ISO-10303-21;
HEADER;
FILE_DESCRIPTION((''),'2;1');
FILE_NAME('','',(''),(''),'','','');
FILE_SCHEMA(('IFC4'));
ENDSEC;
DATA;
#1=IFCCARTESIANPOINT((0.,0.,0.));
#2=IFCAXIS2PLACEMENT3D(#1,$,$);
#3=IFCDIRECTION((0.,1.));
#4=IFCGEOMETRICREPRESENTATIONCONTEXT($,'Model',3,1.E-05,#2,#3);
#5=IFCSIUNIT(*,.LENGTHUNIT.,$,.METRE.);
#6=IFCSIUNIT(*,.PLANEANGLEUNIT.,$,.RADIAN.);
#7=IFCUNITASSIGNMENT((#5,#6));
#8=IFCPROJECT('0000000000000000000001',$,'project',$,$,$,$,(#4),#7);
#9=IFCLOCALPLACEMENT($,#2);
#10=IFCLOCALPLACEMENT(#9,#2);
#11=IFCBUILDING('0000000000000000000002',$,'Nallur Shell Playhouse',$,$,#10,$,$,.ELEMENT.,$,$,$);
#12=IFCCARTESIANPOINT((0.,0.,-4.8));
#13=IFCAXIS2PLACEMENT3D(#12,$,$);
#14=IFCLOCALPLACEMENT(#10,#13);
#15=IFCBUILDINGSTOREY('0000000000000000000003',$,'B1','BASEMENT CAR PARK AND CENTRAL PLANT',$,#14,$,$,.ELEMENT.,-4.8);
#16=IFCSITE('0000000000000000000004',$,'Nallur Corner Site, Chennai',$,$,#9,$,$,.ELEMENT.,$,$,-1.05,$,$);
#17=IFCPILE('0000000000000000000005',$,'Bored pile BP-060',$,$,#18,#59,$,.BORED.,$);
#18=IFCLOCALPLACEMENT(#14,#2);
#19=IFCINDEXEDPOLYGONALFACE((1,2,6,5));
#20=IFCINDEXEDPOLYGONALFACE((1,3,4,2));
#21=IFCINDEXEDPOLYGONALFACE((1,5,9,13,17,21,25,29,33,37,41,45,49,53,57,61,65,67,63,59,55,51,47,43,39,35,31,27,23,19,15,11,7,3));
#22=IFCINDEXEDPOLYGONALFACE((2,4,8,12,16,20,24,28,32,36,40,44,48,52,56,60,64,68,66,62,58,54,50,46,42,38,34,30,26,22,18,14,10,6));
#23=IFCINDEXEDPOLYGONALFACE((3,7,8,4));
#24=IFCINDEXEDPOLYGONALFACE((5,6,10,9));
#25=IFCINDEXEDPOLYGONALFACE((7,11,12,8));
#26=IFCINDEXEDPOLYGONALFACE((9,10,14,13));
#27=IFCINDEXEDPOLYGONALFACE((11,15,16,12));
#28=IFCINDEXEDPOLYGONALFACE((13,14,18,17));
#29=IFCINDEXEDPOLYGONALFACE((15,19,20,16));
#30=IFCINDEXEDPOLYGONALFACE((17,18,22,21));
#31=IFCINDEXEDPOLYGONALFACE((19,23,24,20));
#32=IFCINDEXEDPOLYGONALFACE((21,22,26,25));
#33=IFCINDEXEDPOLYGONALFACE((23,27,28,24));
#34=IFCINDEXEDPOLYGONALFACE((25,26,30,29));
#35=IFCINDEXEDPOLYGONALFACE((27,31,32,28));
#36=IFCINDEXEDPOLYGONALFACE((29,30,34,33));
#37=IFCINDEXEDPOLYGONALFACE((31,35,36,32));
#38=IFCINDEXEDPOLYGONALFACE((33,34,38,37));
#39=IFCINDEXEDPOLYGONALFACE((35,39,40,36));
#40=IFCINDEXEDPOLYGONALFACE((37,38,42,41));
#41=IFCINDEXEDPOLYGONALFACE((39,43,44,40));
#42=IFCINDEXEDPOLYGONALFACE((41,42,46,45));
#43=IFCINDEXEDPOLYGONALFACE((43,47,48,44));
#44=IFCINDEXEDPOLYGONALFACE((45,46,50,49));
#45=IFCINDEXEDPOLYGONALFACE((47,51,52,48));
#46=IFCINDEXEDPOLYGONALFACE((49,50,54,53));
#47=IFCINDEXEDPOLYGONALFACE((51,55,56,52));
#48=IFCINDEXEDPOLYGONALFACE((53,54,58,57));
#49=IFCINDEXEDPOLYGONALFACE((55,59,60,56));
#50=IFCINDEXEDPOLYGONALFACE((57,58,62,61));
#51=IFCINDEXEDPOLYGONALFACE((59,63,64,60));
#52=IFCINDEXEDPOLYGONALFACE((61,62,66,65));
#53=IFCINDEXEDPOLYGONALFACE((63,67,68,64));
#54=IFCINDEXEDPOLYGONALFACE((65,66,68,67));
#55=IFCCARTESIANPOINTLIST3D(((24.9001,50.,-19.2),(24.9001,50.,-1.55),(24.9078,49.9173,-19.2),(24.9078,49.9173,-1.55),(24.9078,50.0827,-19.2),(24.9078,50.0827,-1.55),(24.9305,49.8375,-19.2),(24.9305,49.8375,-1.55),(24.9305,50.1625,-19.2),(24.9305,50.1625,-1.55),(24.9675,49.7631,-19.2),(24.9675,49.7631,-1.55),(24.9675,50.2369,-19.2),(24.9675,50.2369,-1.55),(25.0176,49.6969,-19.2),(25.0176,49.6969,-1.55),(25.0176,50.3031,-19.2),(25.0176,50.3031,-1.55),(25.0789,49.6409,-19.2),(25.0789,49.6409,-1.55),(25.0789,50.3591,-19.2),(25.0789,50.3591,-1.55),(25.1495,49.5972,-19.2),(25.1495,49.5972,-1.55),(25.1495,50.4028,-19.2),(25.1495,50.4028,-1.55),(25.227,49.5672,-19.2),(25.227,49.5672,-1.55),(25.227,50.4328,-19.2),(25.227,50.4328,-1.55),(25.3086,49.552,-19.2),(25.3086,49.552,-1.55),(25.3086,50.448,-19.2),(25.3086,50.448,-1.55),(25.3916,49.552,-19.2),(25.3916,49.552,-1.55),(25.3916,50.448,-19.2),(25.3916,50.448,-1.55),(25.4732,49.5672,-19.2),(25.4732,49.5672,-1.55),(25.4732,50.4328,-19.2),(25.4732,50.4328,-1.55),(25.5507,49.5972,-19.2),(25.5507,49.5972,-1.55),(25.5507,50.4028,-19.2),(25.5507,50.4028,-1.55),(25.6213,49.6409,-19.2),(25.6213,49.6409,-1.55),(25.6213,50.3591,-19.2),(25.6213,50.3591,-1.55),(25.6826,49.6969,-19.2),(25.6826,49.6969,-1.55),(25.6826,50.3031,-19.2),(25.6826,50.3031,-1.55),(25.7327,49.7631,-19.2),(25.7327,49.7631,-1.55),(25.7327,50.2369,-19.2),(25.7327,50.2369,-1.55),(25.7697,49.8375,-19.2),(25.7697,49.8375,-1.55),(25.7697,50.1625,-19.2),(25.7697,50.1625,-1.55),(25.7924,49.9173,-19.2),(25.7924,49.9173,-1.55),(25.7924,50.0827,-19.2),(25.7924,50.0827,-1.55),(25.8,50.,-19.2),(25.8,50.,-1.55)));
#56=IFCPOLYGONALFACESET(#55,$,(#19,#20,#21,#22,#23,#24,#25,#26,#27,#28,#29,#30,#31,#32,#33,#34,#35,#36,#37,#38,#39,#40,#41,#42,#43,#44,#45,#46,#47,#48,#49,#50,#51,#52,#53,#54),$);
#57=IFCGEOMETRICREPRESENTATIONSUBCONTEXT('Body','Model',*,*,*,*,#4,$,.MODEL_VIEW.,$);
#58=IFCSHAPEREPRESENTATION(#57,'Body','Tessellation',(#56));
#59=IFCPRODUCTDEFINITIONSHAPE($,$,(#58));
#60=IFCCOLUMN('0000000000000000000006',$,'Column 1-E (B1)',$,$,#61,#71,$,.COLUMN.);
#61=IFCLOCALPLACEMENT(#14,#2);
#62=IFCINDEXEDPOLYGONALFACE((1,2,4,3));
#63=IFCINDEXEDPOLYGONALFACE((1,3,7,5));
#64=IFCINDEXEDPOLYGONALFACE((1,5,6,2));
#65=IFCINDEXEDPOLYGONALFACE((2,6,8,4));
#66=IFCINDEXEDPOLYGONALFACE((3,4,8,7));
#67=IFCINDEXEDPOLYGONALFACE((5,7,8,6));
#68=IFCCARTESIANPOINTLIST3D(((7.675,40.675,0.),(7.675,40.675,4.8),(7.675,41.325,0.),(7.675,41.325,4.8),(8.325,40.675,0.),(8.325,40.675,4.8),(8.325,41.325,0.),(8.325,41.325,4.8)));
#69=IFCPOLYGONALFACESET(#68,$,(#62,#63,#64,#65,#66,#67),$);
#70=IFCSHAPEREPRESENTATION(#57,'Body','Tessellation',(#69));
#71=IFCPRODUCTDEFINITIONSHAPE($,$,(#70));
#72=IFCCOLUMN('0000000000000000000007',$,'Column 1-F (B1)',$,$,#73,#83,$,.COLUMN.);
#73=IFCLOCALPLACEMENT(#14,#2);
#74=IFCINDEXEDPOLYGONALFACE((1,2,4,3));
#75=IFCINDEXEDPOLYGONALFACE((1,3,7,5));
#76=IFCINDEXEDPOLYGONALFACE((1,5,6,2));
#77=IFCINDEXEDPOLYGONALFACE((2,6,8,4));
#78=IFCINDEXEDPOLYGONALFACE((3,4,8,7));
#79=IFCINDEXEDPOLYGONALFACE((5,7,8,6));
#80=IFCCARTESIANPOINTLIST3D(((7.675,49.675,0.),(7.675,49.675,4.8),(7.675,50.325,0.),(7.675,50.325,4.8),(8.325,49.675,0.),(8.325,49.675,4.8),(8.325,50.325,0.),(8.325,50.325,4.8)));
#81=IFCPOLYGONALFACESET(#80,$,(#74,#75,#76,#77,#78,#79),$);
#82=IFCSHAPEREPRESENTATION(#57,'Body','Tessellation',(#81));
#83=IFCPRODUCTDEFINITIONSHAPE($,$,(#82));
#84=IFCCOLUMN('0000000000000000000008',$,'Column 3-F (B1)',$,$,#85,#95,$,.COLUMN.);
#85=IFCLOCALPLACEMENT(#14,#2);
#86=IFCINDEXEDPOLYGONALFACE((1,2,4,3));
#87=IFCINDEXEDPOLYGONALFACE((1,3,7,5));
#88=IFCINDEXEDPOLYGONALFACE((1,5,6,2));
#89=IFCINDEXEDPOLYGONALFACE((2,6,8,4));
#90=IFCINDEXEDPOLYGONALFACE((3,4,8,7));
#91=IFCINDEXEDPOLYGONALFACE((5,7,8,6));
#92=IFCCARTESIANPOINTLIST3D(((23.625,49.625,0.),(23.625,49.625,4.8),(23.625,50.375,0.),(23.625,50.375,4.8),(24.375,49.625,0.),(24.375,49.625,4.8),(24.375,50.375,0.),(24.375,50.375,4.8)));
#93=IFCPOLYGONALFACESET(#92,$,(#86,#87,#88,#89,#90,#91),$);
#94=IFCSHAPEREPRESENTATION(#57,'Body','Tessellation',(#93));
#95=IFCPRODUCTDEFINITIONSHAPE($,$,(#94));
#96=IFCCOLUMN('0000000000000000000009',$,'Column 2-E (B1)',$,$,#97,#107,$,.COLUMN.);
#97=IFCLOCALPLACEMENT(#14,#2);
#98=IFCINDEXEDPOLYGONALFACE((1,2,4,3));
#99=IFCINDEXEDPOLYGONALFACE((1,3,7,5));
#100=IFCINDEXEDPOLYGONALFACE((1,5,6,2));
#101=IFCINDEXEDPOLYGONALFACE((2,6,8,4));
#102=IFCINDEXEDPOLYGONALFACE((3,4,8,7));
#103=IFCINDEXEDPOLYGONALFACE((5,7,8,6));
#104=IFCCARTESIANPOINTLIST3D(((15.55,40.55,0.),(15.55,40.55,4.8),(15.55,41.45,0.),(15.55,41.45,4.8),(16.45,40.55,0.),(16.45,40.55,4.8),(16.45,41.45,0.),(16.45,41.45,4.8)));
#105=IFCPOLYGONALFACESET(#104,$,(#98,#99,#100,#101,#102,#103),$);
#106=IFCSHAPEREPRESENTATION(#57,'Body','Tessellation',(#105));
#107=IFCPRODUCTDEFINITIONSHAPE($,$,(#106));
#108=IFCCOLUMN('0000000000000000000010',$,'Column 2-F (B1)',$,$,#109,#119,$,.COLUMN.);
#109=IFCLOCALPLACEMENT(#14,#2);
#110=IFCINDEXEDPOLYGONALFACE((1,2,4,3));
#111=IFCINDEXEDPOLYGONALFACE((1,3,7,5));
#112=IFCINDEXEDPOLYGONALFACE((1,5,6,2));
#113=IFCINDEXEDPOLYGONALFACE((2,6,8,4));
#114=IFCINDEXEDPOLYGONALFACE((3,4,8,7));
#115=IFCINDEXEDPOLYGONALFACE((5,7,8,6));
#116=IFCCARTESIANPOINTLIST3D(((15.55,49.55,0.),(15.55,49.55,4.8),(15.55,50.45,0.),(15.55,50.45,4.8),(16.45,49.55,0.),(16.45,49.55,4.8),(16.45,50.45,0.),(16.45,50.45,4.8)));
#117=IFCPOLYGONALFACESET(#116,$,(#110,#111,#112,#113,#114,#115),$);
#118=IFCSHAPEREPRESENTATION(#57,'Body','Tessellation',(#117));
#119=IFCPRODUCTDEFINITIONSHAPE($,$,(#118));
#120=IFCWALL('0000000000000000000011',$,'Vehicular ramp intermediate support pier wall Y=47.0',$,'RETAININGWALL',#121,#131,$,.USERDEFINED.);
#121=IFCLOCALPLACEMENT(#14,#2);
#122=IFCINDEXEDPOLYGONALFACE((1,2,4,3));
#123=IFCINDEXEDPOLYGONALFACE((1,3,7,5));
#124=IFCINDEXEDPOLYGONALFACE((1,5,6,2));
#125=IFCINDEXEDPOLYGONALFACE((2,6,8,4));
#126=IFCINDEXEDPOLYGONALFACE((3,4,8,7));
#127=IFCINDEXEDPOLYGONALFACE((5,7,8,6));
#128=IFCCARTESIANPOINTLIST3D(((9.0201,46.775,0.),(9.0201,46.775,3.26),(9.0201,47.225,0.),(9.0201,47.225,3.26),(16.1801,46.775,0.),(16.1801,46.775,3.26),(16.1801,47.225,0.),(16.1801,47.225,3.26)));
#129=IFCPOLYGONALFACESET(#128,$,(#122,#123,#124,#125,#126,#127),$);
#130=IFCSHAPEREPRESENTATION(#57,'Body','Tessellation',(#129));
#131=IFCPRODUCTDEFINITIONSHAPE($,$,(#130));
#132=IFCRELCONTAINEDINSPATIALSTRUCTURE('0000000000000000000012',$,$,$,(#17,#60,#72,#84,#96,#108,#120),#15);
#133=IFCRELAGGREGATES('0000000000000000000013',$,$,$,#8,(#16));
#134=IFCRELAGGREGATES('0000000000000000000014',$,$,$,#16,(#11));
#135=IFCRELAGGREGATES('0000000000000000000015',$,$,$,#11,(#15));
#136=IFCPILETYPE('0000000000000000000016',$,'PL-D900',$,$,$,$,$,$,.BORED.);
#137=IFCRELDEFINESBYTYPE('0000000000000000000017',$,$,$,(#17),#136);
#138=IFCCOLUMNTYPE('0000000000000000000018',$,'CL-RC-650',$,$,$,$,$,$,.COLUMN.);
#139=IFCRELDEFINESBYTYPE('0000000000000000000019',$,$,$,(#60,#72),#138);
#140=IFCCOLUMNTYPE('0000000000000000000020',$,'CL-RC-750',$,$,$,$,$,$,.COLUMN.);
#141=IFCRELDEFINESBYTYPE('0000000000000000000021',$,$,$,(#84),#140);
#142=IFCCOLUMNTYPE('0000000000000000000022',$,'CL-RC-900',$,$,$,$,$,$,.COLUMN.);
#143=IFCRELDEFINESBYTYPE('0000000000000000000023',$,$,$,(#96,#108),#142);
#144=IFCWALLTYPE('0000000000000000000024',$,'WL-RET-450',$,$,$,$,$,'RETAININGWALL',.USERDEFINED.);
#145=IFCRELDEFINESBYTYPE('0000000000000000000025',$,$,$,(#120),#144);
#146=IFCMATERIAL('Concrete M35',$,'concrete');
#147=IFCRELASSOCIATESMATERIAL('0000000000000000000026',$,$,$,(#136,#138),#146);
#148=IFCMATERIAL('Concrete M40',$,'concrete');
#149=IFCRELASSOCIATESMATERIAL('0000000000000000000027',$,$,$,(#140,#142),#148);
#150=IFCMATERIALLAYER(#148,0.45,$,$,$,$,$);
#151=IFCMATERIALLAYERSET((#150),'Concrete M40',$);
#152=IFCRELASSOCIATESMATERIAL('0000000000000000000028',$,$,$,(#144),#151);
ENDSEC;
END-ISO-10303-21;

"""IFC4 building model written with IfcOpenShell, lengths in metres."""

from ifc_helpers import new_model, si_unit, direction, frame, frame_2d, origin, origin_2d, place, context, subcontext, project, spatial, rectangle, circle, extrude, material, layer, layer_set, material_profile, profile_set, type_object, element, save


model = new_model("IFC4")

# Units and contexts
model_context = context("Model", 3, precision=1e-05, world=origin(), true_north=direction((0.0, 1.0)))
body_context = subcontext(model_context, "Body", "Model", "MODEL_VIEW")
ifc_project = project(units=[si_unit("LENGTHUNIT", "METRE"), si_unit("PLANEANGLEUNIT", "RADIAN")], contexts=[model_context])

# Site, building, storey
site_placement = place(None, origin())
site = spatial("IfcSite", under=ifc_project, at=site_placement, Name="Nallur Corner Site, Chennai", CompositionType="ELEMENT", RefElevation=-1.05)
building_placement = place(site_placement, origin())
building = spatial("IfcBuilding", under=site, at=building_placement, Name="Nallur Shell Playhouse", CompositionType="ELEMENT")
storey_placement = place(building_placement, frame((0.0, 0.0, -4.8)))
storey = spatial("IfcBuildingStorey", under=building, at=storey_placement, Name="B1", Description="BASEMENT CAR PARK AND CENTRAL PLANT", CompositionType="ELEMENT", Elevation=-4.8)

# Shared definitions
ifc_material_1 = material(Name="Concrete M35", Category="concrete")

# Pile
ifc_material_profile_1 = material_profile(ifc_material_1, circle(Radius=0.45, at=origin_2d()), Name="BORED PILE D900")
ifc_profile_set_1 = profile_set([ifc_material_profile_1], Name="Concrete M35")
pile_type_1 = type_object("IfcPileType", Name="PL-D900", PredefinedType="BORED", material=ifc_profile_set_1)
for number, where, z_axis, x_axis, name in (
    (1, (25.3501, 50.0, -1.55), (0.0, 0.0, -1.0), (1.0, 0.0, 0.0), "Bored pile BP-060"),
):
    element("IfcPile", number, at=place(storey_placement, frame(where, z_axis=z_axis, x_axis=x_axis)), inside=storey, type_object=pile_type_1, Name=name, PredefinedType="BORED", context=body_context, shape_type="SweptSolid", body=[
        extrude(circle(Radius=0.45, at=origin_2d()), origin(), (0.0, 0.0, 1.0), 17.6499),
    ])

# Columns
ifc_material_profile_2 = material_profile(ifc_material_1, rectangle(XDim=0.6499, YDim=0.6499, at=origin_2d()), Name="RC 650x650")
ifc_profile_set_2 = profile_set([ifc_material_profile_2], Name="Concrete M35")
column_type_1 = type_object("IfcColumnType", Name="CL-RC-650", PredefinedType="COLUMN", material=ifc_profile_set_2)
for number, where, z_axis, x_axis, name in (
    (2, (8.0, 41.0, 0.0), (0.0, 0.0, 1.0), (1.0, 0.0, 0.0), "Column 1-E (B1)"),
    (3, (8.0, 50.0, 0.0), (0.0, 0.0, 1.0), (1.0, 0.0, 0.0), "Column 1-F (B1)"),
):
    element("IfcColumn", number, at=place(storey_placement, frame(where, z_axis=z_axis, x_axis=x_axis)), inside=storey, type_object=column_type_1, Name=name, PredefinedType="COLUMN", context=body_context, shape_type="SweptSolid", body=[
        extrude(rectangle(XDim=0.6499, YDim=0.6499, at=origin_2d()), origin(), (0.0, 0.0, 1.0), 4.8),
    ])
ifc_material_2 = material(Name="Concrete M40", Category="concrete")
ifc_material_profile_3 = material_profile(ifc_material_2, rectangle(XDim=0.75, YDim=0.75, at=origin_2d()), Name="RC 750x750")
ifc_profile_set_3 = profile_set([ifc_material_profile_3], Name="Concrete M40")
column_type_2 = type_object("IfcColumnType", Name="CL-RC-750", PredefinedType="COLUMN", material=ifc_profile_set_3)
column_placement = place(storey_placement, frame((24.0, 50.0, 0.0), z_axis=(0.0, 0.0, 1.0), x_axis=(1.0, 0.0, 0.0)))
element("IfcColumn", 4, at=column_placement, inside=storey, type_object=column_type_2, Name="Column 3-F (B1)", PredefinedType="COLUMN", context=body_context, shape_type="SweptSolid", body=[
    extrude(rectangle(XDim=0.75, YDim=0.75, at=origin_2d()), origin(), (0.0, 0.0, 1.0), 4.8),
])
ifc_material_profile_4 = material_profile(ifc_material_2, rectangle(XDim=0.8999, YDim=0.8999, at=origin_2d()), Name="RC 900x900")
ifc_profile_set_4 = profile_set([ifc_material_profile_4], Name="Concrete M40")
column_type_3 = type_object("IfcColumnType", Name="CL-RC-900", PredefinedType="COLUMN", material=ifc_profile_set_4)
for number, where, z_axis, x_axis, name in (
    (5, (16.0, 41.0, 0.0), (0.0, 0.0, 1.0), (1.0, 0.0, 0.0), "Column 2-E (B1)"),
    (6, (16.0, 50.0, 0.0), (0.0, 0.0, 1.0), (1.0, 0.0, 0.0), "Column 2-F (B1)"),
):
    element("IfcColumn", number, at=place(storey_placement, frame(where, z_axis=z_axis, x_axis=x_axis)), inside=storey, type_object=column_type_3, Name=name, PredefinedType="COLUMN", context=body_context, shape_type="SweptSolid", body=[
        extrude(rectangle(XDim=0.8999, YDim=0.8999, at=origin_2d()), origin(), (0.0, 0.0, 1.0), 4.8),
    ])

# Wall
ifc_layer = layer(ifc_material_2, 0.45)
ifc_layer_set = layer_set([ifc_layer], Name="Concrete M40")
wall_type = type_object("IfcWallType", Name="WL-RET-450", ElementType="RETAININGWALL", PredefinedType="USERDEFINED", material=ifc_layer_set)
wall_placement = place(storey_placement, frame((9.02, 47.0, 0.0), z_axis=(0.0, 0.0, 1.0), x_axis=(1.0, 0.0, 0.0)))
element("IfcWall", 7, at=wall_placement, inside=storey, type_object=wall_type, Name="Vehicular ramp intermediate support pier wall Y=47.0", ObjectType="RETAININGWALL", PredefinedType="USERDEFINED", context=body_context, shape_type="SweptSolid", body=[
    extrude(rectangle(XDim=7.1599, YDim=0.45, at=frame_2d((3.5801, 0.0))), origin(), (0.0, 0.0, 1.0), 3.26),
])

save(model, "model.ifc")
